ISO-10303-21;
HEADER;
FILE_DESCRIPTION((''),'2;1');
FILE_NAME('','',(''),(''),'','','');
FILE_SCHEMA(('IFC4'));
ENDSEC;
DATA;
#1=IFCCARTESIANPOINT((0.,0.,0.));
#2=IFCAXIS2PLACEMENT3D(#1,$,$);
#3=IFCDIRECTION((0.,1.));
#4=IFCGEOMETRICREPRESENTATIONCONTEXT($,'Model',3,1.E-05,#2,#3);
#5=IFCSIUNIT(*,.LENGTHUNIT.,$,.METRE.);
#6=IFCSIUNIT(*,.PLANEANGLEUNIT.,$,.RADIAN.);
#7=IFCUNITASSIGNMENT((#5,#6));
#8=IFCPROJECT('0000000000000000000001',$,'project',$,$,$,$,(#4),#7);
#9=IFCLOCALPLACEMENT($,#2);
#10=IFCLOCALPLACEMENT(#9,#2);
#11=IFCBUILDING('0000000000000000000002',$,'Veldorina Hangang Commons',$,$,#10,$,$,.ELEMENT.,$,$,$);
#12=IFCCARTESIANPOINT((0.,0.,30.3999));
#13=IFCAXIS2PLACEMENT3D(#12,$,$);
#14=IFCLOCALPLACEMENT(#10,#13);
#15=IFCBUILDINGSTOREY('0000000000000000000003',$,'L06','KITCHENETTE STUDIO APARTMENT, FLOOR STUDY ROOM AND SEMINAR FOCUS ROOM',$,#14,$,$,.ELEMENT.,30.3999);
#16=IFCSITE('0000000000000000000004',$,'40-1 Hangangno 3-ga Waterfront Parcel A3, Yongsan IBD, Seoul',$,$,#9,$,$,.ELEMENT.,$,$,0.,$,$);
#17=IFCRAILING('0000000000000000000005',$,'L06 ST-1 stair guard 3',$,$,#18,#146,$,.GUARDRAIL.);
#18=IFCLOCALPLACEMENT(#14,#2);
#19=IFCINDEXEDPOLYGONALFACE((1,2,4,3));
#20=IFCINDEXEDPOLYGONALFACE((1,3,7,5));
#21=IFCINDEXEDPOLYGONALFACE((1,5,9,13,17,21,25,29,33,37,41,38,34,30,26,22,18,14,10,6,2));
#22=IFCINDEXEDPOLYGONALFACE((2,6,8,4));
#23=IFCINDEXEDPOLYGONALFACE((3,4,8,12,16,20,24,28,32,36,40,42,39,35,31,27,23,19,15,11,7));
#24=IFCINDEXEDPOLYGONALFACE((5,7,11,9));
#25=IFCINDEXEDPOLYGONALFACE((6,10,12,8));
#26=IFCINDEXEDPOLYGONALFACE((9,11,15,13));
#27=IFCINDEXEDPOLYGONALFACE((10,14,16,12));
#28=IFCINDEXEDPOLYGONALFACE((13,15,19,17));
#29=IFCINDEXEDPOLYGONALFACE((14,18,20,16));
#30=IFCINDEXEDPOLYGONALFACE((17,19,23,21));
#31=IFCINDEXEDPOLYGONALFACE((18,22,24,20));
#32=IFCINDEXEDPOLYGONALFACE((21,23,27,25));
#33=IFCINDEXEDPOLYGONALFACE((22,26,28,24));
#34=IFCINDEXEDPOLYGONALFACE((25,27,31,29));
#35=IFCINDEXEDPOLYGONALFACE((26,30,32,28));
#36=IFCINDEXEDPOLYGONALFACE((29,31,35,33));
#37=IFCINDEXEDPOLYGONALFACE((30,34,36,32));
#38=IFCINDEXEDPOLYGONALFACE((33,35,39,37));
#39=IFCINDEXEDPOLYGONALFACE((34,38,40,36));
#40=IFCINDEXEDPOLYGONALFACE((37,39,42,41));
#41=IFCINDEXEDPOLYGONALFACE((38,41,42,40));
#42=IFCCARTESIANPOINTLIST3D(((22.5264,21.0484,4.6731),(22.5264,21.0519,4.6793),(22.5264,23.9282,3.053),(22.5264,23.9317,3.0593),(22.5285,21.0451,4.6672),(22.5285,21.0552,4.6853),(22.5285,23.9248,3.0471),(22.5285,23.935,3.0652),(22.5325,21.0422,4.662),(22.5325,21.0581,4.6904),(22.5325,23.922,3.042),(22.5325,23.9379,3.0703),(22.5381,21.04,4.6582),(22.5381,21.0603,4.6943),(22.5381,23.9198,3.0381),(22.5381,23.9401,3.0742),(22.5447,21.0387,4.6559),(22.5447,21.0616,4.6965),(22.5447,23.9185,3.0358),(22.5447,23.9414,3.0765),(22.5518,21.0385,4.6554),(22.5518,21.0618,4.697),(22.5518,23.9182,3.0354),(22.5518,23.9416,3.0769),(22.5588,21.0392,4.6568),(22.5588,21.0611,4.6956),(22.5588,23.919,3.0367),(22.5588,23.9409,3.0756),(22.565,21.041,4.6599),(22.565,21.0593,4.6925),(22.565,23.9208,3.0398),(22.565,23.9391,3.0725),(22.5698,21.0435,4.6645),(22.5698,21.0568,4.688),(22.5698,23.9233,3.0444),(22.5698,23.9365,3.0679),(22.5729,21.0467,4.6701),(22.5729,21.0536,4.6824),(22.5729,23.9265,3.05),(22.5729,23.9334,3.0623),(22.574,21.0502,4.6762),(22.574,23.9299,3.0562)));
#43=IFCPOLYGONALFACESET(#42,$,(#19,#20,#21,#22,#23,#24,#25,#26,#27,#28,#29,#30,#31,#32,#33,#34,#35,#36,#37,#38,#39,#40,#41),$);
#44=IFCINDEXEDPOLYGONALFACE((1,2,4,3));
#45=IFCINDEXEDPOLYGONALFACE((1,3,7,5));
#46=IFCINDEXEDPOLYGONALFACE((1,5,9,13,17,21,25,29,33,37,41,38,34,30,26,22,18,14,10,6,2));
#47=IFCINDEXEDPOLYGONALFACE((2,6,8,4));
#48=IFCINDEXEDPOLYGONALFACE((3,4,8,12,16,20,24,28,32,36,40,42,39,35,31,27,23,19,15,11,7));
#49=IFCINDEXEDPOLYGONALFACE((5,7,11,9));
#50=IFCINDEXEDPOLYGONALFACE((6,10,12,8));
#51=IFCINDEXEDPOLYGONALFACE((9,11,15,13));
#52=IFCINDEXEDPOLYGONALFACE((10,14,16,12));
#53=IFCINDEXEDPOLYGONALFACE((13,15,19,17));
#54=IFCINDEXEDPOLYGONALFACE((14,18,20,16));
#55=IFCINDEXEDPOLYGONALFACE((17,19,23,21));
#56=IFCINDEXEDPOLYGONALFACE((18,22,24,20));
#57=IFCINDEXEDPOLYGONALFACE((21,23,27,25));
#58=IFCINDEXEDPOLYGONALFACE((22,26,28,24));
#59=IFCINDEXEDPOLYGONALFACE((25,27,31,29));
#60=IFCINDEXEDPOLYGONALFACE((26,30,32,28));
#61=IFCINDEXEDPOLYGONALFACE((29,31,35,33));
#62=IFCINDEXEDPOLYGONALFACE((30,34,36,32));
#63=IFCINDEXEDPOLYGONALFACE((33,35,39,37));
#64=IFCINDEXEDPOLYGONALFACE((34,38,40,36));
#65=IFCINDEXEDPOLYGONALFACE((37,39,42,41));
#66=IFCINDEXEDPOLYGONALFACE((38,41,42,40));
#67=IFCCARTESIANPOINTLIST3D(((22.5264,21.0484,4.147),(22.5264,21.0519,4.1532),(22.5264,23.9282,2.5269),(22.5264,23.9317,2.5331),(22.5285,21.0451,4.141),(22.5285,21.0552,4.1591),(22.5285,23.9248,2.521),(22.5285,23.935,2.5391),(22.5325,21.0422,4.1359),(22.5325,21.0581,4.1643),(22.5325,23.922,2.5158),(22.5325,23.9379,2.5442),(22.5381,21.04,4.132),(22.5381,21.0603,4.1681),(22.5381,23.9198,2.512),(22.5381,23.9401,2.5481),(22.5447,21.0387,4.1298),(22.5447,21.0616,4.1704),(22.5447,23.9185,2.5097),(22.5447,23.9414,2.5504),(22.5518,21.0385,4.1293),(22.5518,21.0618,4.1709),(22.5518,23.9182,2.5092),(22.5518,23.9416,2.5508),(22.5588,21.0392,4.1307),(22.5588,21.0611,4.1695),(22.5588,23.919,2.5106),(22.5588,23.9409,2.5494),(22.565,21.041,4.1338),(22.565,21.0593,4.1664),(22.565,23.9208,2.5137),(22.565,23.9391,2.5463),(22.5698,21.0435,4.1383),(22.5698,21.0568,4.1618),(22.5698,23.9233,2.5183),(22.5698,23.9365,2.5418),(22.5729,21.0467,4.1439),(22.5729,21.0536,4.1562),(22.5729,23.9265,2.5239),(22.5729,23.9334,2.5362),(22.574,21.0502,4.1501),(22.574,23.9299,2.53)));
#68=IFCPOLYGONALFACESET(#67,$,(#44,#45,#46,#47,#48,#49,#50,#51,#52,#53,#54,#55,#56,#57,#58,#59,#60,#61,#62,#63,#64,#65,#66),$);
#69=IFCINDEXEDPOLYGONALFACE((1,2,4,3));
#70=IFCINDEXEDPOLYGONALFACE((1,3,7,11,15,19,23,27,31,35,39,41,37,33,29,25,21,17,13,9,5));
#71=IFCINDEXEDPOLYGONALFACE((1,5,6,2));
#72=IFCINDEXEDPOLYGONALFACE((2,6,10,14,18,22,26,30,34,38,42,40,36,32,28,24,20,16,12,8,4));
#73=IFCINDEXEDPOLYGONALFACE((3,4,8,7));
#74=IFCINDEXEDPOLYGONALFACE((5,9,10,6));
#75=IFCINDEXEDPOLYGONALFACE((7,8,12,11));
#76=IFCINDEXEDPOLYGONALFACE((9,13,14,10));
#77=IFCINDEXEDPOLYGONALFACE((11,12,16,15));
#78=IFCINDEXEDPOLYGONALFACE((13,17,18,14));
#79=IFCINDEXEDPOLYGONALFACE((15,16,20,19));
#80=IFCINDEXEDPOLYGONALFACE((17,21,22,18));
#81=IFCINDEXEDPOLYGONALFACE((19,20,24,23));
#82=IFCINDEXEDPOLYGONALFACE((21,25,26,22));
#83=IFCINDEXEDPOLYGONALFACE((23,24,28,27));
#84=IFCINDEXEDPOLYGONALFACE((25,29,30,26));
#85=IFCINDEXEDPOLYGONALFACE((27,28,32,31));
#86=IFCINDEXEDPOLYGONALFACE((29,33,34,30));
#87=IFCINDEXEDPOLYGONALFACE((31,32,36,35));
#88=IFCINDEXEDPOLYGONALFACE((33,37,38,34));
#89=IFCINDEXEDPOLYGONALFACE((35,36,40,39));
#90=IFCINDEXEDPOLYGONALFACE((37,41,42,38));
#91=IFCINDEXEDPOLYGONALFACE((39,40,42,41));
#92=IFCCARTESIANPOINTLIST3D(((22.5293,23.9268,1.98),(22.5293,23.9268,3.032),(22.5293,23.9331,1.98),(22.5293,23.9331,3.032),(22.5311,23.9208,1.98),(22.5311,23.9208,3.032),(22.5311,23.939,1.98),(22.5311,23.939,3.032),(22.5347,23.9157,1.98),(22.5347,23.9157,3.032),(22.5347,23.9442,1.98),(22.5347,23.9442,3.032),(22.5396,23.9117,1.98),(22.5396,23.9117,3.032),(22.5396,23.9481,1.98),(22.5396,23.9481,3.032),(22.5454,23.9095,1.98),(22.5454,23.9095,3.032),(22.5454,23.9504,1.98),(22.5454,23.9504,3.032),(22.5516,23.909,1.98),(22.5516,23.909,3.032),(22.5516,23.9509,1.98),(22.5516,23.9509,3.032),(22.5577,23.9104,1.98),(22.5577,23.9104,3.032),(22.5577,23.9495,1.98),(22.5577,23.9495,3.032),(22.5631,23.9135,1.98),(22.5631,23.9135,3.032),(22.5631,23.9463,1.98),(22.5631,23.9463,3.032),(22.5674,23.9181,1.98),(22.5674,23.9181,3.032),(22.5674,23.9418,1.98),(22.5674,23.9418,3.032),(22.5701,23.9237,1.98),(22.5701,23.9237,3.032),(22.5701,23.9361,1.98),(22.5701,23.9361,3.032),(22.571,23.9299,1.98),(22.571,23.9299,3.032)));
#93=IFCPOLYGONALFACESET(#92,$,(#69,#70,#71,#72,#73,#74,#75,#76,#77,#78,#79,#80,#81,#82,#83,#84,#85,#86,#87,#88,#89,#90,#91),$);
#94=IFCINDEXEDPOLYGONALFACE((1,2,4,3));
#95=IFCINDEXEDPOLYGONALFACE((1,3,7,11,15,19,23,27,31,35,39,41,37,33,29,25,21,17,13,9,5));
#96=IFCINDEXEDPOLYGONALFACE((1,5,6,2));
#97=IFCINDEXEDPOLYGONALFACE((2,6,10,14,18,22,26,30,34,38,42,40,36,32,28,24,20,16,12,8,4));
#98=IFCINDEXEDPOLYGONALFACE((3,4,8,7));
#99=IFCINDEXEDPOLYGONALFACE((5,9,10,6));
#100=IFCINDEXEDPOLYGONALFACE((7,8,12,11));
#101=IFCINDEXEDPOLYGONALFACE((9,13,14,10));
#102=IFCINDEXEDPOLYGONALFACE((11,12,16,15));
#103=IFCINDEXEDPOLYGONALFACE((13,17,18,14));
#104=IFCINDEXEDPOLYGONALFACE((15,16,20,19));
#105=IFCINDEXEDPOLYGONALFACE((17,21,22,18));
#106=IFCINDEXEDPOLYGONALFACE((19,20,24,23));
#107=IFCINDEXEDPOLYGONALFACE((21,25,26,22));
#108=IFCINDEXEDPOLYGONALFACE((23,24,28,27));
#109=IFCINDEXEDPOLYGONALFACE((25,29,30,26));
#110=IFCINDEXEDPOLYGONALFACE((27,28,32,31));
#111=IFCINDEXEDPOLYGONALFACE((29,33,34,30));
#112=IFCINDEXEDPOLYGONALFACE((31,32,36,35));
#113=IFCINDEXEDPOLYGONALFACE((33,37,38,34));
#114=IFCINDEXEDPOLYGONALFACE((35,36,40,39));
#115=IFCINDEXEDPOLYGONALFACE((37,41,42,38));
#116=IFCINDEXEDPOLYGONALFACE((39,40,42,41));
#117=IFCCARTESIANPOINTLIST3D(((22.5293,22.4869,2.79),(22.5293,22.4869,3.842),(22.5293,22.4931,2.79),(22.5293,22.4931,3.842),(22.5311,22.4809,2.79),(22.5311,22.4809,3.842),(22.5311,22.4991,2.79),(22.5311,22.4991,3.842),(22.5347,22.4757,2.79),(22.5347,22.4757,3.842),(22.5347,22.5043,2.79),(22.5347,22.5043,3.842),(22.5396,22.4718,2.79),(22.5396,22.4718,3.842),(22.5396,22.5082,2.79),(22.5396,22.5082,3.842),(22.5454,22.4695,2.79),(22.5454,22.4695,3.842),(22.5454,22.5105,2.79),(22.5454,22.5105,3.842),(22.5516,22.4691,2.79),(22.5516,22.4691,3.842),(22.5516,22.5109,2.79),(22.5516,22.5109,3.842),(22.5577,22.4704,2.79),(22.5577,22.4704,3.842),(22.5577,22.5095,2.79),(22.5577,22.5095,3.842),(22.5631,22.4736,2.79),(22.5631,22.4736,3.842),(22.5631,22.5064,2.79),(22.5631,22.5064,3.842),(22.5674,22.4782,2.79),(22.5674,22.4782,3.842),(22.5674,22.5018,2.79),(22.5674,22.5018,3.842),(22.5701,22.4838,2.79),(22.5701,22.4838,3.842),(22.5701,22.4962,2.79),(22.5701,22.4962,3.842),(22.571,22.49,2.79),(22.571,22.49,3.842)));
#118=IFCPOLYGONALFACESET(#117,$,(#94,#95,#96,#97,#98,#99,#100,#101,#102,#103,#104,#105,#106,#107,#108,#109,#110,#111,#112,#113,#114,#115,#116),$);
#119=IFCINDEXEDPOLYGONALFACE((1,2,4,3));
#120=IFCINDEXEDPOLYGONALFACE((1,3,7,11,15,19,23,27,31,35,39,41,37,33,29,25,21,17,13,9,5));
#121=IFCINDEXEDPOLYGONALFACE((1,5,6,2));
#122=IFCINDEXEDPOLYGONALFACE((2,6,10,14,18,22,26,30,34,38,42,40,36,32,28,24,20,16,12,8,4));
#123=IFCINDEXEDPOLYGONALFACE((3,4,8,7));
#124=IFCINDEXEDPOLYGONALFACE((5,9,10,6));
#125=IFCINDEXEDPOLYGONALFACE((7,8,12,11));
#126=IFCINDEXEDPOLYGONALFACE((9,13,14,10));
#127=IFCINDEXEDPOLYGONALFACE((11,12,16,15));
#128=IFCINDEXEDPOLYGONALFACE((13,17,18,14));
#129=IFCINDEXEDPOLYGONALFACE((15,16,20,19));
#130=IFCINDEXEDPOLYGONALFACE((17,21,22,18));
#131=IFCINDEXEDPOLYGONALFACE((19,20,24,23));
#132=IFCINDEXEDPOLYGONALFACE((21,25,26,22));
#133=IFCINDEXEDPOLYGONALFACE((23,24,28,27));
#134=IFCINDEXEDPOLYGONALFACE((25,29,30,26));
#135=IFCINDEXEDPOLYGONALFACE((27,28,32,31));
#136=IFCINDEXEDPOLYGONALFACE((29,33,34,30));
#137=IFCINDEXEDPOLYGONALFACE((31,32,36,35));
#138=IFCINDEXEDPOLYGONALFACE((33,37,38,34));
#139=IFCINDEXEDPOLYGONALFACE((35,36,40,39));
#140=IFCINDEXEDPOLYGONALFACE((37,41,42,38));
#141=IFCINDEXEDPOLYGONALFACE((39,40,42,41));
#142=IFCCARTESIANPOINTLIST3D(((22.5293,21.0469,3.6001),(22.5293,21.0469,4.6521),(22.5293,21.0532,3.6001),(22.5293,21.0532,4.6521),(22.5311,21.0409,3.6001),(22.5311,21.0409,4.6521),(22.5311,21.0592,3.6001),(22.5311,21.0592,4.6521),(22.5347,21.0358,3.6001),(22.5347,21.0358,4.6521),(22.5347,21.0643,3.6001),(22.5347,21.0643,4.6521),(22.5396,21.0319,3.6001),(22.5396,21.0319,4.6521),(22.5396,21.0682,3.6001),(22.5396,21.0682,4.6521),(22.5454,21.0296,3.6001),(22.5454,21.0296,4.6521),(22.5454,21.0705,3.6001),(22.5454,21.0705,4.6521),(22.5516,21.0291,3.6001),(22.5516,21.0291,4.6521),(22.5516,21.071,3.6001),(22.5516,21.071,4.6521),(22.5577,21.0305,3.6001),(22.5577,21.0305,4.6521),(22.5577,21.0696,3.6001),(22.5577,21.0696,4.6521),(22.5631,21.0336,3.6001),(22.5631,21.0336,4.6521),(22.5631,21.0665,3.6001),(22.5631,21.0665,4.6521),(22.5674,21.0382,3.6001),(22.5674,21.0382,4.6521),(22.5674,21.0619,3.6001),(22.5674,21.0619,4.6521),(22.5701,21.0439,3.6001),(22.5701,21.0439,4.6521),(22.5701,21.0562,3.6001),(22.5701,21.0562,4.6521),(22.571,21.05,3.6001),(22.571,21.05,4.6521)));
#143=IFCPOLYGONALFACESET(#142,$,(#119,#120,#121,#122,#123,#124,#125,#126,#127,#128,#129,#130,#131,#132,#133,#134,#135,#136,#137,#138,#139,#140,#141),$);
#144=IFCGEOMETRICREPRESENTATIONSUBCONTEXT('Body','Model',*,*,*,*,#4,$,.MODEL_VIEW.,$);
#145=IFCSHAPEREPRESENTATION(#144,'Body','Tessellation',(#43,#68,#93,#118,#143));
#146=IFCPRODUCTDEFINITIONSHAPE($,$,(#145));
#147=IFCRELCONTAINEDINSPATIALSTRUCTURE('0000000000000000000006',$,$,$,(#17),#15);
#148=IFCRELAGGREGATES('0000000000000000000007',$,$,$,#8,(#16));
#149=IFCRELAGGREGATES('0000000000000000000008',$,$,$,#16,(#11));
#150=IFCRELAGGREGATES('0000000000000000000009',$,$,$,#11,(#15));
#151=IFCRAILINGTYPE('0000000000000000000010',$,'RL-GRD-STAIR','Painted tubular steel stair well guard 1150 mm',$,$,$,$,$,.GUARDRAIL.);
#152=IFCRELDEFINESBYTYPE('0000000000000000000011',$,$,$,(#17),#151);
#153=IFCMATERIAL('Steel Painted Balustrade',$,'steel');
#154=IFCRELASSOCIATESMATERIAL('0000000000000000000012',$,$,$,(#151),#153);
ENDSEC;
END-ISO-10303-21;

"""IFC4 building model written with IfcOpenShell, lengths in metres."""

from ifc_helpers import new_model, si_unit, direction, frame, origin, origin_2d, place, context, subcontext, project, spatial, circle, extrude, material, type_object, element, save


model = new_model("IFC4")

# Units and contexts
model_context = context("Model", 3, precision=1e-05, world=origin(), true_north=direction((0.0, 1.0)))
body_context = subcontext(model_context, "Body", "Model", "MODEL_VIEW")
ifc_project = project(units=[si_unit("LENGTHUNIT", "METRE"), si_unit("PLANEANGLEUNIT", "RADIAN")], contexts=[model_context])

# Site, building, storey
site_placement = place(None, origin())
site = spatial("IfcSite", under=ifc_project, at=site_placement, Name="40-1 Hangangno 3-ga Waterfront Parcel A3, Yongsan IBD, Seoul", CompositionType="ELEMENT", RefElevation=0.0)
building_placement = place(site_placement, origin())
building = spatial("IfcBuilding", under=site, at=building_placement, Name="Veldorina Hangang Commons", CompositionType="ELEMENT")
storey_placement = place(building_placement, frame((0.0, 0.0, 30.3999)))
storey = spatial("IfcBuildingStorey", under=building, at=storey_placement, Name="L06", Description="KITCHENETTE STUDIO APARTMENT, FLOOR STUDY ROOM AND SEMINAR FOCUS ROOM", CompositionType="ELEMENT", Elevation=30.3999)

# Railing
ifc_material_1 = material(Name="Steel Painted Balustrade", Category="steel")
railing_type_1 = type_object("IfcRailingType", Name="RL-GRD-STAIR", Description="Painted tubular steel stair well guard 1150 mm", PredefinedType="GUARDRAIL", material=ifc_material_1)
railing_1_placement = place(storey_placement, frame((22.55, 23.9299, 1.98)))
element("IfcRailing", 1, at=railing_1_placement, inside=storey, type_object=railing_type_1, Name="L06 ST-1 stair guard 3", PredefinedType="GUARDRAIL", context=body_context, shape_type="SweptSolid", body=[
    extrude(circle(Radius=0.0239, at=origin_2d()), frame((0.0, 0.0, 1.0762), z_axis=(0.0, -0.871552, 0.490303), x_axis=(1.0, 0.0, 0.0)), (0.0, 0.0, 1.0), 3.3042),
    extrude(circle(Radius=0.0239, at=origin_2d()), frame((0.0, 0.0, 0.55), z_axis=(0.0, -0.871552, 0.490303), x_axis=(1.0, 0.0, 0.0)), (0.0, 0.0, 1.0), 3.3042),
    extrude(circle(Radius=0.021, at=origin_2d()), origin(), (0.0, 0.0, 1.0), 1.052),
    extrude(circle(Radius=0.021, at=origin_2d()), frame((0.0, -1.4399, 0.8101)), (0.0, 0.0, 1.0), 1.052),
    extrude(circle(Radius=0.021, at=origin_2d()), frame((0.0, -2.8799, 1.6201)), (0.0, 0.0, 1.0), 1.052),
])

save(model, "model.ifc")
